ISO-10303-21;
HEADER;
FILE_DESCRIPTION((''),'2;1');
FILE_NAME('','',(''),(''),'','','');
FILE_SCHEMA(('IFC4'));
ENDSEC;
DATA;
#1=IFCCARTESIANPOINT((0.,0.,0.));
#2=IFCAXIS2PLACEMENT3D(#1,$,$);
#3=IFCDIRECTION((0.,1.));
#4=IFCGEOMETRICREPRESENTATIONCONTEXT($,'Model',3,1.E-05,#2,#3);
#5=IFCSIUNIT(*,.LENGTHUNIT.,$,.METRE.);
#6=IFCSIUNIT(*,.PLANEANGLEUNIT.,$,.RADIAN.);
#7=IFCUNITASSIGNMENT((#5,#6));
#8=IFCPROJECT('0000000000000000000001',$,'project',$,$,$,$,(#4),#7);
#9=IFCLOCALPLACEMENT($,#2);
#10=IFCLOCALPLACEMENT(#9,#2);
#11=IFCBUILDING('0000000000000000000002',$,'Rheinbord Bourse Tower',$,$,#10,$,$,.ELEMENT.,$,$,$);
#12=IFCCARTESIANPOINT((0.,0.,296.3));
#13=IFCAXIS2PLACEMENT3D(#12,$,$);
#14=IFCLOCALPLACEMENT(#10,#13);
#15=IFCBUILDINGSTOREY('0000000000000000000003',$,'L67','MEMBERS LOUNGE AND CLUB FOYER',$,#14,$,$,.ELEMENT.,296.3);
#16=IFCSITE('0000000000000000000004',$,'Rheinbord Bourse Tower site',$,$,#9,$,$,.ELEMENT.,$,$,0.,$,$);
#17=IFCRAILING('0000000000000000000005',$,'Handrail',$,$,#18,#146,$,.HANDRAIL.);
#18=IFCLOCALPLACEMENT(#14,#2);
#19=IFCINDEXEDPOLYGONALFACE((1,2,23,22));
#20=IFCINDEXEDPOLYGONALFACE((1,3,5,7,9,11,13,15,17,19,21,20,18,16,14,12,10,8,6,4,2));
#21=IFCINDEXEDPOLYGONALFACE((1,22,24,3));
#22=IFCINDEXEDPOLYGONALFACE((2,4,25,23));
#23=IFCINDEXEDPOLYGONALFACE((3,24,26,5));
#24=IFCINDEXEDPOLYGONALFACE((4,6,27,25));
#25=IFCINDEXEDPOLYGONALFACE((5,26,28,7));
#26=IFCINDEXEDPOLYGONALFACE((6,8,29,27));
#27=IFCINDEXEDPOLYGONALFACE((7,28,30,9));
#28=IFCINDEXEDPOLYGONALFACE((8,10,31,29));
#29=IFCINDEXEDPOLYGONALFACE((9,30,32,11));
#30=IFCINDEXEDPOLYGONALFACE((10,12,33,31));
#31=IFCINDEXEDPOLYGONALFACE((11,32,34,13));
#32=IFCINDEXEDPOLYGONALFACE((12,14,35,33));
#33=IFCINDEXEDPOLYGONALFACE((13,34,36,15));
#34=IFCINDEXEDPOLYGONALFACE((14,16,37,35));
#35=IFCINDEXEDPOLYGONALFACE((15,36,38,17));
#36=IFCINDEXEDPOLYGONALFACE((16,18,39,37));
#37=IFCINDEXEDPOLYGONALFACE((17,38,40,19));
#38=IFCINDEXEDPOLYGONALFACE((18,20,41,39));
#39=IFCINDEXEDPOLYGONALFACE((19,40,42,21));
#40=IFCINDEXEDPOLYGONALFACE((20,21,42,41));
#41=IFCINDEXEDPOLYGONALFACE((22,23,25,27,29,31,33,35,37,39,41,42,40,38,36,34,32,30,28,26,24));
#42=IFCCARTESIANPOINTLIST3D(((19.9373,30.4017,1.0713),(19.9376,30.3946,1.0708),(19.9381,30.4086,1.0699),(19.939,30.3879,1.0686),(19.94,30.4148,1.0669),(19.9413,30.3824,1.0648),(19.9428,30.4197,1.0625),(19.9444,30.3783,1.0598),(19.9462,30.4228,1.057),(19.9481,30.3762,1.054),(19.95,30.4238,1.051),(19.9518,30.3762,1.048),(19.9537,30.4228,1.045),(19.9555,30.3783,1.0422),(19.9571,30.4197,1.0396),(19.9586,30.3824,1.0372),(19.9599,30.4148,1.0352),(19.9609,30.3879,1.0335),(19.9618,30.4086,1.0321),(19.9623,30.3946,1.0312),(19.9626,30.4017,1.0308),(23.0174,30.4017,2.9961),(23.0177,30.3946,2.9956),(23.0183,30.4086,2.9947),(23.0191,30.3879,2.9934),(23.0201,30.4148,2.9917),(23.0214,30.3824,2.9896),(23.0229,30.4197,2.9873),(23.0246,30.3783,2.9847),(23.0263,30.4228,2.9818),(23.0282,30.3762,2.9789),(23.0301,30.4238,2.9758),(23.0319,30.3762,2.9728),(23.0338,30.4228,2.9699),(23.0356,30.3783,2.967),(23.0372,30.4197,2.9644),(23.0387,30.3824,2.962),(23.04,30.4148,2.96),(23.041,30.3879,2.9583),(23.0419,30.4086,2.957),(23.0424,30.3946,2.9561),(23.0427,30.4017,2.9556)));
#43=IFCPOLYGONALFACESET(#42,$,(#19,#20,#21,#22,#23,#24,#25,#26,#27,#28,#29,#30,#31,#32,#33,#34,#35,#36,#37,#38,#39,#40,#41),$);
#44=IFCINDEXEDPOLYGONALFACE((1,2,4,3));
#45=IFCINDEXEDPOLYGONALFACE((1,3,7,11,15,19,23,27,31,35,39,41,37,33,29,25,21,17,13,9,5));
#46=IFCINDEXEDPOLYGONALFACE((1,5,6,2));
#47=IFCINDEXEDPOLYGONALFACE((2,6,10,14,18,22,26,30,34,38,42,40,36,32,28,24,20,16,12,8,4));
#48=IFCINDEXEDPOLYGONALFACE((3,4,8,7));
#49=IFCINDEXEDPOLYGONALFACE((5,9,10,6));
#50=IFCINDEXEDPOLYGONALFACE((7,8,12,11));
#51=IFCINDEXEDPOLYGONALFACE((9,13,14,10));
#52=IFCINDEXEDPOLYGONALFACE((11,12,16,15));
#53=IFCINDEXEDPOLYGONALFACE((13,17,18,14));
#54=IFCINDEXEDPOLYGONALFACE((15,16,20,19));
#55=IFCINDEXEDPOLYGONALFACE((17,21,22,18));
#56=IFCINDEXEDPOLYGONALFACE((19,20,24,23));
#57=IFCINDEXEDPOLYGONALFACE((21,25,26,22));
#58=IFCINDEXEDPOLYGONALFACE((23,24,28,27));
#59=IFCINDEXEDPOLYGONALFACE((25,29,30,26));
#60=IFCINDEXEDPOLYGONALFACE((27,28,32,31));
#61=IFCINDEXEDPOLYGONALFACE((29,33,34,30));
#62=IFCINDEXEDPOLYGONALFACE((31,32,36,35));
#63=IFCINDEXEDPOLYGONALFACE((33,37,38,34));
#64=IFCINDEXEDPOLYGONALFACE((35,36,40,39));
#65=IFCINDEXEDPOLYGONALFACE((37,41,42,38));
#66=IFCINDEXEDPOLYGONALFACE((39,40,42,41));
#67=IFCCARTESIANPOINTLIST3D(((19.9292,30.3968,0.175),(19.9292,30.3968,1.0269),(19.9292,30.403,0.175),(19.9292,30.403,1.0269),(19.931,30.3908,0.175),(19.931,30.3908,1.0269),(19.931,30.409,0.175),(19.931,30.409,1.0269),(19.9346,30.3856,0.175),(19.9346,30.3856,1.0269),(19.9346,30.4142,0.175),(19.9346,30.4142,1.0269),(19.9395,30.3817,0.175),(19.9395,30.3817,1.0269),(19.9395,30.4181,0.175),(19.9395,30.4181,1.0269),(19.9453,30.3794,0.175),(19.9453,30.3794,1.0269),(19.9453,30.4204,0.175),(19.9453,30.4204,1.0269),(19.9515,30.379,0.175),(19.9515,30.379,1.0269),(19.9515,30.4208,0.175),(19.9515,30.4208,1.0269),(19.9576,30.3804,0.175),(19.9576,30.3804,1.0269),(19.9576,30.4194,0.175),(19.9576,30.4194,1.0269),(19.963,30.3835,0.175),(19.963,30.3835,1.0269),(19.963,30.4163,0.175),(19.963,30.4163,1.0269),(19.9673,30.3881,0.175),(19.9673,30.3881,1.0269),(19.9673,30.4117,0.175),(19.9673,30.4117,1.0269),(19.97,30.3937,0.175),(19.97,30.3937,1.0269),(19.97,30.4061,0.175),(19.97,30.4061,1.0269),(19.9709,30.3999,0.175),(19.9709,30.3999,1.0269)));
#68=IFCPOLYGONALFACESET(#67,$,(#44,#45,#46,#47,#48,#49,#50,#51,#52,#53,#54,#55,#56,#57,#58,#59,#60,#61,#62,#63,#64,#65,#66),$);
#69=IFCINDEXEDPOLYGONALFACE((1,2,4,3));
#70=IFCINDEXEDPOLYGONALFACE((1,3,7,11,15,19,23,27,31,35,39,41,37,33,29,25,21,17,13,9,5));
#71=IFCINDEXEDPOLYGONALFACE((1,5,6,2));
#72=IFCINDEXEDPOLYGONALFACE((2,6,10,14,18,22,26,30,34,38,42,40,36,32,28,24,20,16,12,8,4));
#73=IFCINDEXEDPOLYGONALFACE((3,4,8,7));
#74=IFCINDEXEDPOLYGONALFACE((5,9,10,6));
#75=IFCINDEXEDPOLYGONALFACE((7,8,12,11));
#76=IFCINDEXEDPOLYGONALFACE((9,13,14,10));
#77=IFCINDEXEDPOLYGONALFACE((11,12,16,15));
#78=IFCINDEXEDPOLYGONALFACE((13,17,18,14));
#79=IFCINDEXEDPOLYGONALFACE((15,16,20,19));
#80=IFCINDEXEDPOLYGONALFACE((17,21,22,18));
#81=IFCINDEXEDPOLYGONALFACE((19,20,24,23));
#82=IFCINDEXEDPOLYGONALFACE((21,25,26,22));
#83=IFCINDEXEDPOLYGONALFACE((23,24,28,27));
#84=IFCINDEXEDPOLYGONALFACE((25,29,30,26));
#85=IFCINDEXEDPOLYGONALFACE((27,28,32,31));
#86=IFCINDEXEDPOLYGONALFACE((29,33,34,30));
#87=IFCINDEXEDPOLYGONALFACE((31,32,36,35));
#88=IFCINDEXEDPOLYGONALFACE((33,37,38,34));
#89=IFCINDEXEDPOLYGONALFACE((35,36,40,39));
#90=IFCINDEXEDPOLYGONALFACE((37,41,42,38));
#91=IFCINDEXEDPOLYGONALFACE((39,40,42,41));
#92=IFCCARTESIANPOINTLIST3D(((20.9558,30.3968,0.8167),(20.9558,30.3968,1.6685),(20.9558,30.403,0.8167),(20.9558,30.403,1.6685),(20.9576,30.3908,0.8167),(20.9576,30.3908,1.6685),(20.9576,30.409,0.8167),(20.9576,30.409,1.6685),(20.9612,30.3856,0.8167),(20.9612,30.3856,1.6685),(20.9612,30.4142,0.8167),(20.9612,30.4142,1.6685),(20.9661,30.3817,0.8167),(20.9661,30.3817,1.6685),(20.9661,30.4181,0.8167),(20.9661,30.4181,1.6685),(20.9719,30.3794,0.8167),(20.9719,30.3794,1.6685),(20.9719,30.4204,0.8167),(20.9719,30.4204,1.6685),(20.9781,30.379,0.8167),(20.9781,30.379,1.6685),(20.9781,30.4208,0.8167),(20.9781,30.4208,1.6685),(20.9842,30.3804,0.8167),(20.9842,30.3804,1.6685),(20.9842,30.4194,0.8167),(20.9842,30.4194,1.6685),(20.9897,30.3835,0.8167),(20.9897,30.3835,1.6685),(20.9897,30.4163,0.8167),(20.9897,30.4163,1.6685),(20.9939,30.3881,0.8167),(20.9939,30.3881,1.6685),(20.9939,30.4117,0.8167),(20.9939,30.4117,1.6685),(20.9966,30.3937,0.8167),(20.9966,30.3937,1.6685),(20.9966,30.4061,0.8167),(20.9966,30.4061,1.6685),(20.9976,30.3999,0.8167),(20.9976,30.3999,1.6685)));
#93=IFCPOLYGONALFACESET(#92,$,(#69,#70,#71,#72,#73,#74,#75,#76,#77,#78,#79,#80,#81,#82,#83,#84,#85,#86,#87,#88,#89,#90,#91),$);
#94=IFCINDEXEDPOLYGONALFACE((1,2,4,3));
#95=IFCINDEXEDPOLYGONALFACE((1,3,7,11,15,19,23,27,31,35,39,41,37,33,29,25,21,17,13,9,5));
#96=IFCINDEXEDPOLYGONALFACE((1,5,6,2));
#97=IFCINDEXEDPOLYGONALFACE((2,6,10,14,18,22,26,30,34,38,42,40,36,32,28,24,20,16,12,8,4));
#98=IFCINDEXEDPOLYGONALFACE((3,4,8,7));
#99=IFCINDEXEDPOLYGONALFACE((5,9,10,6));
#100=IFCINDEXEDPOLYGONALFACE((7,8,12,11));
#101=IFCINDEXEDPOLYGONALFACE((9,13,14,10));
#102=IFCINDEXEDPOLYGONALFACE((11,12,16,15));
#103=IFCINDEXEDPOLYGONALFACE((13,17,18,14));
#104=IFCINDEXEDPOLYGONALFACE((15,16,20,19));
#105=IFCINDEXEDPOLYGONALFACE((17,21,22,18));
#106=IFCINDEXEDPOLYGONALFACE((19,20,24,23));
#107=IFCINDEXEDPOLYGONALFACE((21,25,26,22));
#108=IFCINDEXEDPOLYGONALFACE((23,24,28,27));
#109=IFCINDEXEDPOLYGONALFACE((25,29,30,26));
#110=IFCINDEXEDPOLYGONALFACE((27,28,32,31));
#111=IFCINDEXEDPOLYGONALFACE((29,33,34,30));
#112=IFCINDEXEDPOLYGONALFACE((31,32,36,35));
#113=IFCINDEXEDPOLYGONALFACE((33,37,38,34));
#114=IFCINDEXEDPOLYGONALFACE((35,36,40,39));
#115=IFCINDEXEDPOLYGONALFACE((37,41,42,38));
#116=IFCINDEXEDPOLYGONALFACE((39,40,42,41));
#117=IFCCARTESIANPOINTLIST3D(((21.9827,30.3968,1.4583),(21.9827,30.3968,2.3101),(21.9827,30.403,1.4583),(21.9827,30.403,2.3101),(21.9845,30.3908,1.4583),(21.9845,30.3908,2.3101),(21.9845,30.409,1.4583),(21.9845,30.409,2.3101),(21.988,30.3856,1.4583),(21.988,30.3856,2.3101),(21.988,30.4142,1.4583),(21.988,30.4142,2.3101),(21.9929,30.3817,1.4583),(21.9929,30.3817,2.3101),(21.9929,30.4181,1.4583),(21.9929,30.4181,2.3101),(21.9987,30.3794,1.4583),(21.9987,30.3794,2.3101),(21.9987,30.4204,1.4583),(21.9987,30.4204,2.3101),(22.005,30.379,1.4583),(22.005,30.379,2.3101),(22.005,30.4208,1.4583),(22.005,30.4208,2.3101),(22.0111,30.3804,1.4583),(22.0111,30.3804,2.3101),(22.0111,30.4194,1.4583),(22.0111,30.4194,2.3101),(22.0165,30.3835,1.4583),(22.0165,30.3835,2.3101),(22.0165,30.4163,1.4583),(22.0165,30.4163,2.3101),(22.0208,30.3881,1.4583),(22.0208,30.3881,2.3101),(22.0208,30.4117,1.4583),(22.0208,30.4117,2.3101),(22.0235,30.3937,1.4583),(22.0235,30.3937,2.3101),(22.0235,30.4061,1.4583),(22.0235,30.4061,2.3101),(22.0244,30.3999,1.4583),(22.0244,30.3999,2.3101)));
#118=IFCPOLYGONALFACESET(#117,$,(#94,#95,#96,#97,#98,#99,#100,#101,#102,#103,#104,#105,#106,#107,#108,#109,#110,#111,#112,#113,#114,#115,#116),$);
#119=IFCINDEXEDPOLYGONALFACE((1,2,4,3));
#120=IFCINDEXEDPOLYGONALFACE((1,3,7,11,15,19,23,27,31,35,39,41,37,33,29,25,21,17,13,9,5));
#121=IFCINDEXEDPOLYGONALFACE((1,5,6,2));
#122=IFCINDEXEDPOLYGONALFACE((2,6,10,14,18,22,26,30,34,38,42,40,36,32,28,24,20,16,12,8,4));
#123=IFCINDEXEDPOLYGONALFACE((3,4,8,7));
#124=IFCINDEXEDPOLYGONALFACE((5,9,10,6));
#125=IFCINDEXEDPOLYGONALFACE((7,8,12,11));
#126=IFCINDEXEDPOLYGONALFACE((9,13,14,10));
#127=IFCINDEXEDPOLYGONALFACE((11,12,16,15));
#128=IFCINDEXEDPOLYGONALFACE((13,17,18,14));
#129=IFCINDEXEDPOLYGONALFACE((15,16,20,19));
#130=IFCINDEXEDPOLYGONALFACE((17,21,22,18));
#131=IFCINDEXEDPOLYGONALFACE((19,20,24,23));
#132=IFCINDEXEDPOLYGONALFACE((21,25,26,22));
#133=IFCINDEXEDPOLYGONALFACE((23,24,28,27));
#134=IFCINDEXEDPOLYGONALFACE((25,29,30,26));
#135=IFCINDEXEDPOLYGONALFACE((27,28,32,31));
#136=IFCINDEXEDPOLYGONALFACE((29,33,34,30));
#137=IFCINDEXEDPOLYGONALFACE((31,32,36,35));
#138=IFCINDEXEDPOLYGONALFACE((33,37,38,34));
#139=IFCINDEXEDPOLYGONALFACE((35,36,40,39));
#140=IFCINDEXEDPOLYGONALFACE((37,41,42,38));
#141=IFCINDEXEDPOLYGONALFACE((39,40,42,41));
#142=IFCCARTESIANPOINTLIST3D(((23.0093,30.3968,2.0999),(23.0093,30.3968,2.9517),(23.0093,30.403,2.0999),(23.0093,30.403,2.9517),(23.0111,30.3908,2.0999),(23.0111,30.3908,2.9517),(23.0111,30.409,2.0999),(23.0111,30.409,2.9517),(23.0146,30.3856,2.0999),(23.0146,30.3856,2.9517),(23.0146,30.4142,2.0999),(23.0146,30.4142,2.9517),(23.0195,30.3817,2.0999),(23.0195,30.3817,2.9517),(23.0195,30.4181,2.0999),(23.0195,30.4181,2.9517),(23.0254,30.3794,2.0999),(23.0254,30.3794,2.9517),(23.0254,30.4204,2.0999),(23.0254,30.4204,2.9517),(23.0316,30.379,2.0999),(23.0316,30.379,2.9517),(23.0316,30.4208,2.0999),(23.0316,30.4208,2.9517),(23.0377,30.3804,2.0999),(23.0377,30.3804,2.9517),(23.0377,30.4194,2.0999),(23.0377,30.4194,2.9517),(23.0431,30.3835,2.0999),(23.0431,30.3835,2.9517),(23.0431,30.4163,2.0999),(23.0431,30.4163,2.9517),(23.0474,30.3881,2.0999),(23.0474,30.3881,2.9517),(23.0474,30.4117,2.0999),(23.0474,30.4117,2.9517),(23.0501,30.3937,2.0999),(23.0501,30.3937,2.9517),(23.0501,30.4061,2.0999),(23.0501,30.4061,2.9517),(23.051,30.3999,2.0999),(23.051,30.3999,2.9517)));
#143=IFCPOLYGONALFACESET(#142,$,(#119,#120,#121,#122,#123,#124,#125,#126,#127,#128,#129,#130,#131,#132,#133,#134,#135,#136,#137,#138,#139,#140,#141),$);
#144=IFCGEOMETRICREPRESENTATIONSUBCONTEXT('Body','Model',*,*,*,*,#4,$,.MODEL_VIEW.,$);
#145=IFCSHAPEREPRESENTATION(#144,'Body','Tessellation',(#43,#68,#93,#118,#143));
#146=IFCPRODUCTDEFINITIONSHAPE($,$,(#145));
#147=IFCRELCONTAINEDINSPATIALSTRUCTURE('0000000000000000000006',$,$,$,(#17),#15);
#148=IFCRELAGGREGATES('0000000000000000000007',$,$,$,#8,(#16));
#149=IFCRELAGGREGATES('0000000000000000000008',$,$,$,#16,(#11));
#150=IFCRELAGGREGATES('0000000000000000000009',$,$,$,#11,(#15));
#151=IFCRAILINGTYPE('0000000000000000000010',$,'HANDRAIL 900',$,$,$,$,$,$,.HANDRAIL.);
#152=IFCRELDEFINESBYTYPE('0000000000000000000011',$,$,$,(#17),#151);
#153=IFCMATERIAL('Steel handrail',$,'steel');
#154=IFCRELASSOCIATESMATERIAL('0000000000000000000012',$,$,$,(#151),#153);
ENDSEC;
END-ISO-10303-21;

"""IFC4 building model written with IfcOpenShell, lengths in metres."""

from ifc_helpers import new_model, si_unit, direction, frame, origin, origin_2d, place, context, subcontext, project, spatial, circle, extrude, material, type_object, element, save


model = new_model("IFC4")

# Units and contexts
model_context = context("Model", 3, precision=1e-05, world=origin(), true_north=direction((0.0, 1.0)))
body_context = subcontext(model_context, "Body", "Model", "MODEL_VIEW")
ifc_project = project(units=[si_unit("LENGTHUNIT", "METRE"), si_unit("PLANEANGLEUNIT", "RADIAN")], contexts=[model_context])

# Site, building, storey
site_placement = place(None, origin())
site = spatial("IfcSite", under=ifc_project, at=site_placement, Name="Rheinbord Bourse Tower site", CompositionType="ELEMENT", RefElevation=0.0)
building_placement = place(site_placement, origin())
building = spatial("IfcBuilding", under=site, at=building_placement, Name="Rheinbord Bourse Tower", CompositionType="ELEMENT")
storey_placement = place(building_placement, frame((0.0, 0.0, 296.3)))
storey = spatial("IfcBuildingStorey", under=building, at=storey_placement, Name="L67", Description="MEMBERS LOUNGE AND CLUB FOYER", CompositionType="ELEMENT", Elevation=296.3)

# Railing
ifc_material_1 = material(Name="Steel handrail", Category="steel")
railing_type = type_object("IfcRailingType", Name="HANDRAIL 900", PredefinedType="HANDRAIL", material=ifc_material_1)
railing_1_placement = place(storey_placement, frame((19.95, 30.3999, 0.175)))
element("IfcRailing", 1, at=railing_1_placement, inside=storey, type_object=railing_type, Name="Handrail", PredefinedType="HANDRAIL", context=body_context, shape_type="SweptSolid", body=[
    extrude(circle(Radius=0.0239, at=origin_2d()), frame((0.0, 0.0, 0.876), z_axis=(0.848029, 0.0, 0.529951), x_axis=(0.0, 1.0, 0.0)), (0.0, 0.0, 1.0), 3.6321),
    extrude(circle(Radius=0.021, at=origin_2d()), origin(), (0.0, 0.0, 1.0), 0.8518),
    extrude(circle(Radius=0.021, at=origin_2d()), frame((1.0266, 0.0, 0.6416)), (0.0, 0.0, 1.0), 0.8518),
    extrude(circle(Radius=0.021, at=origin_2d()), frame((2.0535, 0.0, 1.2832)), (0.0, 0.0, 1.0), 0.8518),
    extrude(circle(Radius=0.021, at=origin_2d()), frame((3.0801, 0.0, 1.9248)), (0.0, 0.0, 1.0), 0.8518),
])

save(model, "model.ifc")
